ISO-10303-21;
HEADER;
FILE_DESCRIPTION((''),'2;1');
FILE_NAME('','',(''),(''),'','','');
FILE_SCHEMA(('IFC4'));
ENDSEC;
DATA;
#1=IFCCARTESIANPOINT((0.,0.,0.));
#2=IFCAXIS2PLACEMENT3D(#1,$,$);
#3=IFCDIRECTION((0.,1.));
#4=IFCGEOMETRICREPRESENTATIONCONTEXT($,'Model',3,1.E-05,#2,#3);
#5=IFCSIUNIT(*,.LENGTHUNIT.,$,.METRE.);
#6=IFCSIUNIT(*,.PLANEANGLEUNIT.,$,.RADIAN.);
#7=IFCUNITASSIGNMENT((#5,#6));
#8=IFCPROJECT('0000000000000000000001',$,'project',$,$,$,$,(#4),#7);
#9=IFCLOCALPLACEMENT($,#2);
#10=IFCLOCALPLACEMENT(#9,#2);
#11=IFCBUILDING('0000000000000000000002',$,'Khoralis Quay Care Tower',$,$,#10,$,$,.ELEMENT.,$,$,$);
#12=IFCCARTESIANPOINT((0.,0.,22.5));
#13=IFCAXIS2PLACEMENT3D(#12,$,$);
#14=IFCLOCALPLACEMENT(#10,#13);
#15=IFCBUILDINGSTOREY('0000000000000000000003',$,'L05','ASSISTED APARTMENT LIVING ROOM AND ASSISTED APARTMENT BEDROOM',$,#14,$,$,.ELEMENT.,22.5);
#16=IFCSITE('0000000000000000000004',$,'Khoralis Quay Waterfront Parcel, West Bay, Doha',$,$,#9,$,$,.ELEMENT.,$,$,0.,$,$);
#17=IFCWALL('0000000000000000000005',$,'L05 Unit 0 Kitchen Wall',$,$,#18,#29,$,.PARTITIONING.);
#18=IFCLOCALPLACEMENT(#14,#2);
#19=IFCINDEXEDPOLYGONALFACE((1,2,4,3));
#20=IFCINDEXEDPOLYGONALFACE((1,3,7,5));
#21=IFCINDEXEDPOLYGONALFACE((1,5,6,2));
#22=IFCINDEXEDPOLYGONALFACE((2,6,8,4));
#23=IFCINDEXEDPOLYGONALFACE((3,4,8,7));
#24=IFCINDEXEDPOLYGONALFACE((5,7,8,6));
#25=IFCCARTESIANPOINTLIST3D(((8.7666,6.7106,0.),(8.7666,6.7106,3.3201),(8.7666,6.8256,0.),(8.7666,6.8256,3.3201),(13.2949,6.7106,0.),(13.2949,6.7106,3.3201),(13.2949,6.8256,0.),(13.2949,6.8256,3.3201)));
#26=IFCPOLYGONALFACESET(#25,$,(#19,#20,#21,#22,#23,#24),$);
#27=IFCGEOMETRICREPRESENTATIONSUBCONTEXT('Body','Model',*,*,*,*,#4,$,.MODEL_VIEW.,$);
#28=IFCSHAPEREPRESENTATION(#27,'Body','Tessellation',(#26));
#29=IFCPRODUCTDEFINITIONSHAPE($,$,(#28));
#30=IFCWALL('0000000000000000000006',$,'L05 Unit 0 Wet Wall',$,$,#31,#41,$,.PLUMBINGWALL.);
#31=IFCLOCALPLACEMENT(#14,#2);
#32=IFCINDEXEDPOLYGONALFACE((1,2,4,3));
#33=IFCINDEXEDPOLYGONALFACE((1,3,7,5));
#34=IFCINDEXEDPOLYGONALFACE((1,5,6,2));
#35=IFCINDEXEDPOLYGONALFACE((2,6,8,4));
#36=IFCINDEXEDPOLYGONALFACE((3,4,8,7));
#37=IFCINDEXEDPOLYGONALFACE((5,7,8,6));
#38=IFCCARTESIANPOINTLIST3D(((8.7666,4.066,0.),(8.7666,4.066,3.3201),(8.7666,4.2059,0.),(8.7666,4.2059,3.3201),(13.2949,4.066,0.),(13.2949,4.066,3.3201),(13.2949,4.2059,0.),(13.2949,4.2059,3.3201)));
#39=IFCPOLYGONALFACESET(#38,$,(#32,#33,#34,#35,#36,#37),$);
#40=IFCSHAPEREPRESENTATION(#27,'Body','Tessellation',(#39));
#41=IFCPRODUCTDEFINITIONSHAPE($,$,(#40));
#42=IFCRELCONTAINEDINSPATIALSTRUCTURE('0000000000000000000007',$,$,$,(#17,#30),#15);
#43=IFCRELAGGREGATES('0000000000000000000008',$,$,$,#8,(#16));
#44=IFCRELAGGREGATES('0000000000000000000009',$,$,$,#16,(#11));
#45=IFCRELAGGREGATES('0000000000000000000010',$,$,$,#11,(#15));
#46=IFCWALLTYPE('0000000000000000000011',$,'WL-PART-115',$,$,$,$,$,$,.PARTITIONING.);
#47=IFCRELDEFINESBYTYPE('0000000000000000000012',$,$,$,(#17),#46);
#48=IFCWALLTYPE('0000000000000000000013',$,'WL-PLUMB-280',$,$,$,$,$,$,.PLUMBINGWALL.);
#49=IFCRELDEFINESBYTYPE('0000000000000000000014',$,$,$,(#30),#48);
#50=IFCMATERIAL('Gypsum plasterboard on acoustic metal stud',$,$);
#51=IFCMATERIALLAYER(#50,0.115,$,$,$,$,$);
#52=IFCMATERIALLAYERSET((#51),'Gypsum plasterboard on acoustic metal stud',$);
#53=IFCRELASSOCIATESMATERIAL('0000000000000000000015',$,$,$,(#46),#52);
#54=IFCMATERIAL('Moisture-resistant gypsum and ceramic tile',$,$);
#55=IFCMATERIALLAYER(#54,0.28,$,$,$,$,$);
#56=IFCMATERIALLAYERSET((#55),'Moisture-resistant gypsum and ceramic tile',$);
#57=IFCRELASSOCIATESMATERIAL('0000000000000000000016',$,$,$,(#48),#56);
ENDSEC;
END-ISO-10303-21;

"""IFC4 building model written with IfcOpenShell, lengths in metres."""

from ifc_helpers import new_model, si_unit, direction, frame, frame_2d, origin, place, context, subcontext, project, spatial, rectangle, extrude, material, layer, layer_set, type_object, element, save


model = new_model("IFC4")

# Units and contexts
model_context = context("Model", 3, precision=1e-05, world=origin(), true_north=direction((0.0, 1.0)))
body_context = subcontext(model_context, "Body", "Model", "MODEL_VIEW")
ifc_project = project(units=[si_unit("LENGTHUNIT", "METRE"), si_unit("PLANEANGLEUNIT", "RADIAN")], contexts=[model_context])

# Site, building, storey
site_placement = place(None, origin())
site = spatial("IfcSite", under=ifc_project, at=site_placement, Name="Khoralis Quay Waterfront Parcel, West Bay, Doha", CompositionType="ELEMENT", RefElevation=0.0)
building_placement = place(site_placement, origin())
building = spatial("IfcBuilding", under=site, at=building_placement, Name="Khoralis Quay Care Tower", CompositionType="ELEMENT")
storey_placement = place(building_placement, frame((0.0, 0.0, 22.5)))
storey = spatial("IfcBuildingStorey", under=building, at=storey_placement, Name="L05", Description="ASSISTED APARTMENT LIVING ROOM AND ASSISTED APARTMENT BEDROOM", CompositionType="ELEMENT", Elevation=22.5)

# Shared definitions
ifc_material_1 = material(Name="Gypsum plasterboard on acoustic metal stud")

# Shared definitions
ifc_layer_1 = layer(ifc_material_1, 0.115)
ifc_layer_set_1 = layer_set([ifc_layer_1], Name="Gypsum plasterboard on acoustic metal stud")
wall_type_1 = type_object("IfcWallType", Name="WL-PART-115", PredefinedType="PARTITIONING", material=ifc_layer_set_1)

# Walls
wall_1_placement = place(storey_placement, frame((8.7666, 6.7681, 0.0), z_axis=(0.0, 0.0, 1.0), x_axis=(1.0, 0.0, 0.0)))
element("IfcWall", 1, at=wall_1_placement, inside=storey, type_object=wall_type_1, Name="L05 Unit 0 Kitchen Wall", PredefinedType="PARTITIONING", context=body_context, shape_type="SweptSolid", body=[
    extrude(rectangle(XDim=4.5283, YDim=0.115, at=frame_2d((2.2642, 0.0))), origin(), (0.0, 0.0, 1.0), 3.3201),
])
ifc_material_2 = material(Name="Moisture-resistant gypsum and ceramic tile")
ifc_layer_2 = layer(ifc_material_2, 0.28)
ifc_layer_set_2 = layer_set([ifc_layer_2], Name="Moisture-resistant gypsum and ceramic tile")
wall_type_2 = type_object("IfcWallType", Name="WL-PLUMB-280", PredefinedType="PLUMBINGWALL", material=ifc_layer_set_2)
wall_2_placement = place(storey_placement, frame((8.7666, 4.136, 0.0), z_axis=(0.0, 0.0, 1.0), x_axis=(1.0, 0.0, 0.0)))
element("IfcWall", 2, at=wall_2_placement, inside=storey, type_object=wall_type_2, Name="L05 Unit 0 Wet Wall", PredefinedType="PLUMBINGWALL", context=body_context, shape_type="SweptSolid", body=[
    extrude(rectangle(XDim=4.5283, YDim=0.1399, at=frame_2d((2.2642, 0.0))), origin(), (0.0, 0.0, 1.0), 3.3201),
])

save(model, "model.ifc")
